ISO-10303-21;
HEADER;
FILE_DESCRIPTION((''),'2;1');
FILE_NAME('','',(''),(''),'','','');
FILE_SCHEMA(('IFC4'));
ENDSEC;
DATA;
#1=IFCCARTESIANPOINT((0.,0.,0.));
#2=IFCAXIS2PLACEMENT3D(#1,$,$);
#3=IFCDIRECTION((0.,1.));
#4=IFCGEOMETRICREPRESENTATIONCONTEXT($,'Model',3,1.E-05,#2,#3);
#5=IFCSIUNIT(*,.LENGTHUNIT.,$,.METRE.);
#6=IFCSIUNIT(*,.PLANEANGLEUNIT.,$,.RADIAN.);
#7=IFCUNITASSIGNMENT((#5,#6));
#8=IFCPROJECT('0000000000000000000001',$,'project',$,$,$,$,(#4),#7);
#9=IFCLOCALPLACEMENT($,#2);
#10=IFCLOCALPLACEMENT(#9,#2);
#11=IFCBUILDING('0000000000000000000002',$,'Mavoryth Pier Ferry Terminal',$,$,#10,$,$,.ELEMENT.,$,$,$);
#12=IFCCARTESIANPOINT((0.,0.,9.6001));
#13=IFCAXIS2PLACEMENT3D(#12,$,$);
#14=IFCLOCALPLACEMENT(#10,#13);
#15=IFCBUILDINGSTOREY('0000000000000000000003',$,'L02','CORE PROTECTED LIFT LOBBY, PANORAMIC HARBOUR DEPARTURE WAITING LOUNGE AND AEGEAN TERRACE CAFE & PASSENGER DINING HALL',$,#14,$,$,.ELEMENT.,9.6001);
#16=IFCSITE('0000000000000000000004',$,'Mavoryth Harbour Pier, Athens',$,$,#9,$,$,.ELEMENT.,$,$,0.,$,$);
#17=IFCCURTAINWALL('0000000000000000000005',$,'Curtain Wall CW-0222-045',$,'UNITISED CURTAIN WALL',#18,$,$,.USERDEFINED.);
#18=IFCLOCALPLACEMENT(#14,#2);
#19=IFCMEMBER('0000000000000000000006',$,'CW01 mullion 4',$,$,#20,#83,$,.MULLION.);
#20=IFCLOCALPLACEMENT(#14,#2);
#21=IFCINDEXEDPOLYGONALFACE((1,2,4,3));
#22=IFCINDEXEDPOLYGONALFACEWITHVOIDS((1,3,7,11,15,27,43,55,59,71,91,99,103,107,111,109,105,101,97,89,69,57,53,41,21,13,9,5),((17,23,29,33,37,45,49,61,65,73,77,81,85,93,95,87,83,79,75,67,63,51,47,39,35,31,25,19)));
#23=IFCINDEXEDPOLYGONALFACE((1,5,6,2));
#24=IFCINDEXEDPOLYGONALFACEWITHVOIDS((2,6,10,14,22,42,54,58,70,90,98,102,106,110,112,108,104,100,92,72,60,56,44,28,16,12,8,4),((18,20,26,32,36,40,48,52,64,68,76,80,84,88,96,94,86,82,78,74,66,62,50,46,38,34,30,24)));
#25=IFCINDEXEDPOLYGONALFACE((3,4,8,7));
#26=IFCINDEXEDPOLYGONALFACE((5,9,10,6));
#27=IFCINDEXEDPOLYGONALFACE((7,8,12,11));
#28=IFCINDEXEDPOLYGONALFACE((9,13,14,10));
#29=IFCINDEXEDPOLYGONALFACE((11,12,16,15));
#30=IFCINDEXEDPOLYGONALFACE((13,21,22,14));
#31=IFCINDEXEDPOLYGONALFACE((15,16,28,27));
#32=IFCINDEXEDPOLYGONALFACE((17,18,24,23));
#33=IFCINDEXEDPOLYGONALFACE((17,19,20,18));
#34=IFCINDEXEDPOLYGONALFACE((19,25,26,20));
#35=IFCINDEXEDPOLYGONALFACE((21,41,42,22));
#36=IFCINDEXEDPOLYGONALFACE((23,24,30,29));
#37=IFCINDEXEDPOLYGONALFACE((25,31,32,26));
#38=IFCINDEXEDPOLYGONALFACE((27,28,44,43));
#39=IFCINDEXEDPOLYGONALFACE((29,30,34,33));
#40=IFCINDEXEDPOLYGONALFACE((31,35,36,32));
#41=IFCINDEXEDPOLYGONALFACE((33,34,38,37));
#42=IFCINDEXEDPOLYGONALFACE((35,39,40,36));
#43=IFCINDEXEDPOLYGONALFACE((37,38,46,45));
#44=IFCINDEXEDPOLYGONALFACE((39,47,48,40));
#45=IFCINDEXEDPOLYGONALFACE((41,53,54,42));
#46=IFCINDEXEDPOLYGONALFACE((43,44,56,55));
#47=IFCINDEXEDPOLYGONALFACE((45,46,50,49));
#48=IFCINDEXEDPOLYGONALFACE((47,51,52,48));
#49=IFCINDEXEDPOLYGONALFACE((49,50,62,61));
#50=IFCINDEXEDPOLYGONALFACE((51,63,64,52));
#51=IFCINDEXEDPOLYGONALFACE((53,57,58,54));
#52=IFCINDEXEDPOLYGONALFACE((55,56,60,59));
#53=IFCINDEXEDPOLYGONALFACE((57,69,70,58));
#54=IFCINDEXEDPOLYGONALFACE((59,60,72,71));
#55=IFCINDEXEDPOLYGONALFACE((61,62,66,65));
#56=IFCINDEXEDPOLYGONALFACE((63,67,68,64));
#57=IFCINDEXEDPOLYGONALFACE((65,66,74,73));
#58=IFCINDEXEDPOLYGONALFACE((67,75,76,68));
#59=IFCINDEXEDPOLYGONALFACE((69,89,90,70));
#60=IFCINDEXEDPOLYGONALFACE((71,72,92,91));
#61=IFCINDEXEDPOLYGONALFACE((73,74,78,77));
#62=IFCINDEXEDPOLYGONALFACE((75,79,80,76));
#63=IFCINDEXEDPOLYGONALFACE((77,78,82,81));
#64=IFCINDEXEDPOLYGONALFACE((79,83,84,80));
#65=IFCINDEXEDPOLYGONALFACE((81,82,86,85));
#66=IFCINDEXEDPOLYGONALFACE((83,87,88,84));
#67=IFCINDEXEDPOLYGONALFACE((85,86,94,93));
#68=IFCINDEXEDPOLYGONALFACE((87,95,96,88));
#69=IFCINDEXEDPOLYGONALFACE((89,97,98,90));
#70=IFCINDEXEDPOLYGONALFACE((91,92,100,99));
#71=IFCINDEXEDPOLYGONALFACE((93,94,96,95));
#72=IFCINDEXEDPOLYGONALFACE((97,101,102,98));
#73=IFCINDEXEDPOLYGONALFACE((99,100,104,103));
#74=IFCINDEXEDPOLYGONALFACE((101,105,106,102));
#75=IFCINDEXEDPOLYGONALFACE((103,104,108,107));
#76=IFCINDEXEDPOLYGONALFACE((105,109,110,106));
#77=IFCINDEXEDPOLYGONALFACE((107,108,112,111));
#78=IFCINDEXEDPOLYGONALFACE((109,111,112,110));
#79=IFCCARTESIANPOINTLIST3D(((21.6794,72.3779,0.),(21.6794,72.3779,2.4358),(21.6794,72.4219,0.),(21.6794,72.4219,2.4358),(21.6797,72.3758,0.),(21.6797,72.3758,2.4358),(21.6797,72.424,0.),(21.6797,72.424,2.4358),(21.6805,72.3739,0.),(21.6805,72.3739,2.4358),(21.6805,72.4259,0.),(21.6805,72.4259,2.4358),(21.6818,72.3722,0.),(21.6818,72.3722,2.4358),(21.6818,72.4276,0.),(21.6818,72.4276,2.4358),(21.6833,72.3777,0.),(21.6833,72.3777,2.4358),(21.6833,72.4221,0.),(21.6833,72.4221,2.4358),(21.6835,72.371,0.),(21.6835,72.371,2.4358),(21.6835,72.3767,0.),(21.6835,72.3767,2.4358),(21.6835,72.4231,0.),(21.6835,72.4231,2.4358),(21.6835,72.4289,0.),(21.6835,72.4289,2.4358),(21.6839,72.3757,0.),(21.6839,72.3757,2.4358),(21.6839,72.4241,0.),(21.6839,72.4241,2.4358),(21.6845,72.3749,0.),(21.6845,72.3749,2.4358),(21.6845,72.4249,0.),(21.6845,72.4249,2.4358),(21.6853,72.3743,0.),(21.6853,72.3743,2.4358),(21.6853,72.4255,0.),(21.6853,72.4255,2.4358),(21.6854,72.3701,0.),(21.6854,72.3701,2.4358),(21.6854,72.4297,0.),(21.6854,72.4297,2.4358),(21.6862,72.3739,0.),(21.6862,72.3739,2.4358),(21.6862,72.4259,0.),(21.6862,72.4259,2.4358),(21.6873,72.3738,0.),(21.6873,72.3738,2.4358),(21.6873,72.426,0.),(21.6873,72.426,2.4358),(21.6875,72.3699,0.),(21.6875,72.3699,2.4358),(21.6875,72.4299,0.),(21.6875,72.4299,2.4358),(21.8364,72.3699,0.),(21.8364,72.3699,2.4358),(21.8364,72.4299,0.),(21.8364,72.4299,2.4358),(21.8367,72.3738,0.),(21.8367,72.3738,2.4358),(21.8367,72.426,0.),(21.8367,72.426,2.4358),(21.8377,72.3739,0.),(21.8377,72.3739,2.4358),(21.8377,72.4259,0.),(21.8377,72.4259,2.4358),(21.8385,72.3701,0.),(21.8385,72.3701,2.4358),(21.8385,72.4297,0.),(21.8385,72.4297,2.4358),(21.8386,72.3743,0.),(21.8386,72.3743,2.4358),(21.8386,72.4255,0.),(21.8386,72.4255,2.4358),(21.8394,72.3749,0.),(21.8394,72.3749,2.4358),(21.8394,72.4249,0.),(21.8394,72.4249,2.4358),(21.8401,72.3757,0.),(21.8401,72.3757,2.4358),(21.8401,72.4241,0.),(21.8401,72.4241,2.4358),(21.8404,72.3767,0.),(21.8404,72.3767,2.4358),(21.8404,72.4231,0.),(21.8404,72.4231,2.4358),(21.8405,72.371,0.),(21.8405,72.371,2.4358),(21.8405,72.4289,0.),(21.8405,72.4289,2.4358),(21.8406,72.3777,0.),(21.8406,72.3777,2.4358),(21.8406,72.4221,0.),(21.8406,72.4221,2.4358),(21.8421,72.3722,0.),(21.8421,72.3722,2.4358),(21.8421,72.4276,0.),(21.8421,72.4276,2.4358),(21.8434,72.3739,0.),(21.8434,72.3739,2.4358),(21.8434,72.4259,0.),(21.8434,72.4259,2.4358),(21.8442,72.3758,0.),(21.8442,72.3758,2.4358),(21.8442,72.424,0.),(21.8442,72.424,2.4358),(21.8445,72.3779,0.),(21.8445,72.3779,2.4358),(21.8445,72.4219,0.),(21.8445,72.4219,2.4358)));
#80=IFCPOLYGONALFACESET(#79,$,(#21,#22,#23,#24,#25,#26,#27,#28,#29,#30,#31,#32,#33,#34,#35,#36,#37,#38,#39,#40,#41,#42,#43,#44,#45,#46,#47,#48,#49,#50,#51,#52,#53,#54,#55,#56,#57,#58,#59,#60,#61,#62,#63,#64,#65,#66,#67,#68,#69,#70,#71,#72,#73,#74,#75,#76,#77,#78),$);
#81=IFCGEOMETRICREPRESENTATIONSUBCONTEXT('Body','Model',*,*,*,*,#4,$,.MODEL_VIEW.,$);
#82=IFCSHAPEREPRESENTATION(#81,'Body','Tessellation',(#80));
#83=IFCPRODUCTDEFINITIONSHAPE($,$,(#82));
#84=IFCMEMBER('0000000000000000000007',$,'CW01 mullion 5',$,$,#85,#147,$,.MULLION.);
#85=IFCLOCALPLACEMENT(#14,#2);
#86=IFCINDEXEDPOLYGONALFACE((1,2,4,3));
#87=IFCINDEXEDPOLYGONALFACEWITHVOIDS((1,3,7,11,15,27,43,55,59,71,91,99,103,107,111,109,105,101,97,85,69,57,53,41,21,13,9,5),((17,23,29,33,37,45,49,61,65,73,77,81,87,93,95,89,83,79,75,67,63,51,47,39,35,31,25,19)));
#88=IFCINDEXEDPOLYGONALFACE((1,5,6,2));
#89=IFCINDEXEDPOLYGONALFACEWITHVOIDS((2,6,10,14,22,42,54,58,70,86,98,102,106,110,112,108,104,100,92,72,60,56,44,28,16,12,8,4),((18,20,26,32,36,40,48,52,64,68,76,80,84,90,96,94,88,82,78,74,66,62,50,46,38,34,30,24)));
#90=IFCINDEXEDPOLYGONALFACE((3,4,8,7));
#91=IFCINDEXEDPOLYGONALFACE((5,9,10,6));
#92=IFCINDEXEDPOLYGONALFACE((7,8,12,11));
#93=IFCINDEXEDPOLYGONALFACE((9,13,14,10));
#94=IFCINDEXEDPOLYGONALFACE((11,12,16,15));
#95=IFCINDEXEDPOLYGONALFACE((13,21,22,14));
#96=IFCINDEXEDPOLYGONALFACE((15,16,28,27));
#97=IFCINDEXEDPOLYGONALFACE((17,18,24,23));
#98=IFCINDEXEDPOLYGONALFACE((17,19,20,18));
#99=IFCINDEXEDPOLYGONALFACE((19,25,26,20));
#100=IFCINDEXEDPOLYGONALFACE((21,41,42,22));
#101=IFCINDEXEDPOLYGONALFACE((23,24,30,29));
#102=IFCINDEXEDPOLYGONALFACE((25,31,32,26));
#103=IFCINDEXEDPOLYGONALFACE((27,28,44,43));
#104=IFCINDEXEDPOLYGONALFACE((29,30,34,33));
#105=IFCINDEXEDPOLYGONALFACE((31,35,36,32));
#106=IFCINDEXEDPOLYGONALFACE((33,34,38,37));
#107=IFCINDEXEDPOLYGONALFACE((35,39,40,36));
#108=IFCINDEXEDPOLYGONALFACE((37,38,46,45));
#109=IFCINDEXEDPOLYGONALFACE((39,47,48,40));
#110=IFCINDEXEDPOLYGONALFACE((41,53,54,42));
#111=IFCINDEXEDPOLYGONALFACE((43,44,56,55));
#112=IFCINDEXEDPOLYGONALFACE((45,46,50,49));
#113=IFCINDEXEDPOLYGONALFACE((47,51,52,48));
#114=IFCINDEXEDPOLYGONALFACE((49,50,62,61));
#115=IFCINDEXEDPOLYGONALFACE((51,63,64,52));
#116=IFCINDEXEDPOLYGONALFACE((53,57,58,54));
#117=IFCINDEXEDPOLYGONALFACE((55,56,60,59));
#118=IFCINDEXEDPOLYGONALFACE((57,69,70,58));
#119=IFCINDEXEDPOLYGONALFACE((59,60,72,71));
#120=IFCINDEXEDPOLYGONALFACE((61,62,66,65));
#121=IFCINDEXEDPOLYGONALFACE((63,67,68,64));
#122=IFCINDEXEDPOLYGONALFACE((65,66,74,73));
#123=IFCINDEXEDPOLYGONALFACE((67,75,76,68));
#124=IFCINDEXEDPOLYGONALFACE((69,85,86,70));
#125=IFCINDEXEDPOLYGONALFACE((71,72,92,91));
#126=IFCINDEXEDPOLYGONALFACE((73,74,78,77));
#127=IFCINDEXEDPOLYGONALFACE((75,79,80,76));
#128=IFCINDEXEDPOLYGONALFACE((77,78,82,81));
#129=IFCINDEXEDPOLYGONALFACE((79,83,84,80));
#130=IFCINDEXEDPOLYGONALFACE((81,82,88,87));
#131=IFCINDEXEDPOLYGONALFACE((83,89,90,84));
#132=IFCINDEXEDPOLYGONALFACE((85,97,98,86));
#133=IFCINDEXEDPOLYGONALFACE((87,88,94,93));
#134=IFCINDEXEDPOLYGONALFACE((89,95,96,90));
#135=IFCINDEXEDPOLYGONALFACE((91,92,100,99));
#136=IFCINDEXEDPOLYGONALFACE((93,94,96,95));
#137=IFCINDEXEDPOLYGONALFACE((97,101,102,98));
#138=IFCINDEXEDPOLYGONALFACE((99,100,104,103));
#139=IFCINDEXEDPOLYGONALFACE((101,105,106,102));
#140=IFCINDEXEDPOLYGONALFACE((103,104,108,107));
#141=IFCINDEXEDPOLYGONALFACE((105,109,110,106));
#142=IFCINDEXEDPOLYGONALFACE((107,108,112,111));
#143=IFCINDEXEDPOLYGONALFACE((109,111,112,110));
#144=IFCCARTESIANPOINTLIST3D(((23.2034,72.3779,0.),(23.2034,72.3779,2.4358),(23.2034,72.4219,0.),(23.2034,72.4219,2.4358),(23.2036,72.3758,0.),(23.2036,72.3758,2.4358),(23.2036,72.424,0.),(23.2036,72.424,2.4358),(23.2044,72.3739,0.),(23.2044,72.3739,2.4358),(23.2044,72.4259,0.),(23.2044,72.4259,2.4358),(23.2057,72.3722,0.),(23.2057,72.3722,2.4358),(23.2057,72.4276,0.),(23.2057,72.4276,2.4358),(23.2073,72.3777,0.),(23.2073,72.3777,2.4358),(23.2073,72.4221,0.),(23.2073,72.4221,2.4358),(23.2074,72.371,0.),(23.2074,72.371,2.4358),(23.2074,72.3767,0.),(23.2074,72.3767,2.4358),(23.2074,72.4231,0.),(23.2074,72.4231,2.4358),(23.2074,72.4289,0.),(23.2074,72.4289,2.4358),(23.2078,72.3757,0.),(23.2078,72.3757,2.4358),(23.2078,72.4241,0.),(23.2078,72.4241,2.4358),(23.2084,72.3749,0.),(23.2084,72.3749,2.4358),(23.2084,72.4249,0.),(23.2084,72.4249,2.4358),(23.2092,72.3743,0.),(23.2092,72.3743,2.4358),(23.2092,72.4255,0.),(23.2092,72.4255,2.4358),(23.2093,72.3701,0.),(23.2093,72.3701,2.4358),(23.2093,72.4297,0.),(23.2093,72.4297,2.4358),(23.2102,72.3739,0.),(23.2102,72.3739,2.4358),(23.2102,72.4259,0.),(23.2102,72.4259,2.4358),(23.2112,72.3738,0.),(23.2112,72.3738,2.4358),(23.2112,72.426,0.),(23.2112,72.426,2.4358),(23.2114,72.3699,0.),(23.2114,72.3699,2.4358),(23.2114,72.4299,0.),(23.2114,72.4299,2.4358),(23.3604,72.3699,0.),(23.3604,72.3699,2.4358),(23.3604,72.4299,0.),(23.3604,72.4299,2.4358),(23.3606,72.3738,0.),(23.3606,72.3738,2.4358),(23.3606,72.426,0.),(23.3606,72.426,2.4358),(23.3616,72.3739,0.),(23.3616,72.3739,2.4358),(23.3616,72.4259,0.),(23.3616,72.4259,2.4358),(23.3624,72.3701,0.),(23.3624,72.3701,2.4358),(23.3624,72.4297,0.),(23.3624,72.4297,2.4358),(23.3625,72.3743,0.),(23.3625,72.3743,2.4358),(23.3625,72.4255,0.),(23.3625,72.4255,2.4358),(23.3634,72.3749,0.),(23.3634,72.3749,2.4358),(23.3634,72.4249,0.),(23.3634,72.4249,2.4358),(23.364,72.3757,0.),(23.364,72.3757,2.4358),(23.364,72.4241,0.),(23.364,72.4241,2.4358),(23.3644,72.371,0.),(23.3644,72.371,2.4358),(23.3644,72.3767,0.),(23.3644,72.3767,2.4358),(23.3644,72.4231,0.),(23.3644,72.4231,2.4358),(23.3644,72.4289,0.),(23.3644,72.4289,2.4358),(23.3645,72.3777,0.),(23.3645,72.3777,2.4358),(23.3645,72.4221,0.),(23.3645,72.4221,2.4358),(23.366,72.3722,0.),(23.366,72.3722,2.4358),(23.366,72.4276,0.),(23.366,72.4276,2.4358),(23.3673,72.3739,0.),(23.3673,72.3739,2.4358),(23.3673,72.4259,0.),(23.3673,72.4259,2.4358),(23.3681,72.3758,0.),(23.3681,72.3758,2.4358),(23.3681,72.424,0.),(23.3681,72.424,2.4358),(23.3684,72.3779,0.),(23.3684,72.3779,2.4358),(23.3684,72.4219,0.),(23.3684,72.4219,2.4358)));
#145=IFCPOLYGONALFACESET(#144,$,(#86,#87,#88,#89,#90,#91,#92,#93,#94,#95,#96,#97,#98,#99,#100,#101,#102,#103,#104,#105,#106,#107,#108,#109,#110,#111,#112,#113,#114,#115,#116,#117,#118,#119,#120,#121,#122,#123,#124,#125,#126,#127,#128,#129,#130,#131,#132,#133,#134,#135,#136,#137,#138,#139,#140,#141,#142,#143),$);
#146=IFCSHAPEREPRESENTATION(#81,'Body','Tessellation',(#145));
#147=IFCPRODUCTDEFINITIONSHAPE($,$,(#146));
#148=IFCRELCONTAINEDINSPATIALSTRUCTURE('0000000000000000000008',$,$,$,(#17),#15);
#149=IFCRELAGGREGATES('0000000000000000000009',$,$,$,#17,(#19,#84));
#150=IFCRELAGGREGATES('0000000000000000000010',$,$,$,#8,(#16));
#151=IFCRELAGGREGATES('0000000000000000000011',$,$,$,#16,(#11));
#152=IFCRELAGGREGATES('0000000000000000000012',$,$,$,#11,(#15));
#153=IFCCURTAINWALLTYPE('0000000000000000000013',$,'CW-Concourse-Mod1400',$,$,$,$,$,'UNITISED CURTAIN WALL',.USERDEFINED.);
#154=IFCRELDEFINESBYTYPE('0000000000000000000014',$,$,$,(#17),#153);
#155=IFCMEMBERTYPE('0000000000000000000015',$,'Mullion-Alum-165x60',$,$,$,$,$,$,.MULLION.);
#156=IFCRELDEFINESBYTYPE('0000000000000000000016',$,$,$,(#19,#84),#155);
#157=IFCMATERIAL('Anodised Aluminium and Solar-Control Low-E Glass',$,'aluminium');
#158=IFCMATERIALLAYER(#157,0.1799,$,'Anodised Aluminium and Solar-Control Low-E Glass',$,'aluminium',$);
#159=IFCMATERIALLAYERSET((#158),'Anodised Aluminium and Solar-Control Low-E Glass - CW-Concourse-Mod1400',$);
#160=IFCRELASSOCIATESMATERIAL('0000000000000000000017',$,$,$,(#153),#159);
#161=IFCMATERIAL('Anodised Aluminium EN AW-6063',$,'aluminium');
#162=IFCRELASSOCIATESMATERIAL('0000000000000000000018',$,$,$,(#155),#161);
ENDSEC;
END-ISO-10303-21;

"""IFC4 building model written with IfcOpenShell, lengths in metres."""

from ifc_helpers import new_model, si_unit, direction, frame, origin, origin_2d, place, context, subcontext, project, spatial, hollow_rectangle, extrude, material, layer, layer_set, material_profile, profile_set, type_object, element, aggregate, save


model = new_model("IFC4")

# Units and contexts
model_context = context("Model", 3, precision=1e-05, world=origin(), true_north=direction((0.0, 1.0)))
body_context = subcontext(model_context, "Body", "Model", "MODEL_VIEW")
ifc_project = project(units=[si_unit("LENGTHUNIT", "METRE"), si_unit("PLANEANGLEUNIT", "RADIAN")], contexts=[model_context])

# Site, building, storey
site_placement = place(None, origin())
site = spatial("IfcSite", under=ifc_project, at=site_placement, Name="Mavoryth Harbour Pier, Athens", CompositionType="ELEMENT", RefElevation=0.0)
building_placement = place(site_placement, origin())
building = spatial("IfcBuilding", under=site, at=building_placement, Name="Mavoryth Pier Ferry Terminal", CompositionType="ELEMENT")
storey_placement = place(building_placement, frame((0.0, 0.0, 9.6001)))
storey = spatial("IfcBuildingStorey", under=building, at=storey_placement, Name="L02", Description="CORE PROTECTED LIFT LOBBY, PANORAMIC HARBOUR DEPARTURE WAITING LOUNGE AND AEGEAN TERRACE CAFE & PASSENGER DINING HALL", CompositionType="ELEMENT", Elevation=9.6001)

# Curtain wall, members
ifc_material_1 = material(Name="Anodised Aluminium and Solar-Control Low-E Glass", Category="aluminium")
ifc_layer_1 = layer(ifc_material_1, 0.1799, Name="Anodised Aluminium and Solar-Control Low-E Glass", Category="aluminium")
ifc_layer_set_1 = layer_set([ifc_layer_1], Name="Anodised Aluminium and Solar-Control Low-E Glass - CW-Concourse-Mod1400")
curtain_wall_type = type_object("IfcCurtainWallType", Name="CW-Concourse-Mod1400", ElementType="UNITISED CURTAIN WALL", PredefinedType="USERDEFINED", material=ifc_layer_set_1)
curtain_wall_placement = place(storey_placement, origin())
curtain_wall = element("IfcCurtainWall", 1, at=curtain_wall_placement, inside=storey, type_object=curtain_wall_type, Name="Curtain Wall CW-0222-045", ObjectType="UNITISED CURTAIN WALL", PredefinedType="USERDEFINED")
ifc_material_2 = material(Name="Anodised Aluminium EN AW-6063", Category="aluminium")
ifc_material_profile_1 = material_profile(ifc_material_2, hollow_rectangle(XDim=0.0601, YDim=0.165, WallThickness=0.0039, InnerFilletRadius=0.0039, OuterFilletRadius=0.0081, at=origin_2d()), Name="AL-MULL 165x60x4", Category="aluminium")
ifc_profile_set_1 = profile_set([ifc_material_profile_1], Name="Anodised Aluminium EN AW-6063 - AL-MULL 165x60x4")
member_type_1 = type_object("IfcMemberType", Name="Mullion-Alum-165x60", PredefinedType="MULLION", material=ifc_profile_set_1)
member_1_placement = place(storey_placement, frame((21.762, 72.3999, 0.0), z_axis=(0.0, 0.0, 1.0), x_axis=(0.0, 1.0, 0.0)))
member_1 = element("IfcMember", 2, at=member_1_placement, type_object=member_type_1, Name="CW01 mullion 4", PredefinedType="MULLION", context=body_context, shape_type="SweptSolid", body=[
    extrude(hollow_rectangle(XDim=0.0601, YDim=0.165, WallThickness=0.0039, InnerFilletRadius=0.0039, OuterFilletRadius=0.0081, at=origin_2d()), origin(), (0.0, 0.0, 1.0), 2.4358),
])
member_2_placement = place(storey_placement, frame((23.2859, 72.3999, 0.0), z_axis=(0.0, 0.0, 1.0), x_axis=(0.0, 1.0, 0.0)))
member_2 = element("IfcMember", 3, at=member_2_placement, type_object=member_type_1, Name="CW01 mullion 5", PredefinedType="MULLION", context=body_context, shape_type="SweptSolid", body=[
    extrude(hollow_rectangle(XDim=0.0601, YDim=0.165, WallThickness=0.0039, InnerFilletRadius=0.0039, OuterFilletRadius=0.0081, at=origin_2d()), origin(), (0.0, 0.0, 1.0), 2.4358),
])

aggregate(curtain_wall, [member_1, member_2])

save(model, "model.ifc")
